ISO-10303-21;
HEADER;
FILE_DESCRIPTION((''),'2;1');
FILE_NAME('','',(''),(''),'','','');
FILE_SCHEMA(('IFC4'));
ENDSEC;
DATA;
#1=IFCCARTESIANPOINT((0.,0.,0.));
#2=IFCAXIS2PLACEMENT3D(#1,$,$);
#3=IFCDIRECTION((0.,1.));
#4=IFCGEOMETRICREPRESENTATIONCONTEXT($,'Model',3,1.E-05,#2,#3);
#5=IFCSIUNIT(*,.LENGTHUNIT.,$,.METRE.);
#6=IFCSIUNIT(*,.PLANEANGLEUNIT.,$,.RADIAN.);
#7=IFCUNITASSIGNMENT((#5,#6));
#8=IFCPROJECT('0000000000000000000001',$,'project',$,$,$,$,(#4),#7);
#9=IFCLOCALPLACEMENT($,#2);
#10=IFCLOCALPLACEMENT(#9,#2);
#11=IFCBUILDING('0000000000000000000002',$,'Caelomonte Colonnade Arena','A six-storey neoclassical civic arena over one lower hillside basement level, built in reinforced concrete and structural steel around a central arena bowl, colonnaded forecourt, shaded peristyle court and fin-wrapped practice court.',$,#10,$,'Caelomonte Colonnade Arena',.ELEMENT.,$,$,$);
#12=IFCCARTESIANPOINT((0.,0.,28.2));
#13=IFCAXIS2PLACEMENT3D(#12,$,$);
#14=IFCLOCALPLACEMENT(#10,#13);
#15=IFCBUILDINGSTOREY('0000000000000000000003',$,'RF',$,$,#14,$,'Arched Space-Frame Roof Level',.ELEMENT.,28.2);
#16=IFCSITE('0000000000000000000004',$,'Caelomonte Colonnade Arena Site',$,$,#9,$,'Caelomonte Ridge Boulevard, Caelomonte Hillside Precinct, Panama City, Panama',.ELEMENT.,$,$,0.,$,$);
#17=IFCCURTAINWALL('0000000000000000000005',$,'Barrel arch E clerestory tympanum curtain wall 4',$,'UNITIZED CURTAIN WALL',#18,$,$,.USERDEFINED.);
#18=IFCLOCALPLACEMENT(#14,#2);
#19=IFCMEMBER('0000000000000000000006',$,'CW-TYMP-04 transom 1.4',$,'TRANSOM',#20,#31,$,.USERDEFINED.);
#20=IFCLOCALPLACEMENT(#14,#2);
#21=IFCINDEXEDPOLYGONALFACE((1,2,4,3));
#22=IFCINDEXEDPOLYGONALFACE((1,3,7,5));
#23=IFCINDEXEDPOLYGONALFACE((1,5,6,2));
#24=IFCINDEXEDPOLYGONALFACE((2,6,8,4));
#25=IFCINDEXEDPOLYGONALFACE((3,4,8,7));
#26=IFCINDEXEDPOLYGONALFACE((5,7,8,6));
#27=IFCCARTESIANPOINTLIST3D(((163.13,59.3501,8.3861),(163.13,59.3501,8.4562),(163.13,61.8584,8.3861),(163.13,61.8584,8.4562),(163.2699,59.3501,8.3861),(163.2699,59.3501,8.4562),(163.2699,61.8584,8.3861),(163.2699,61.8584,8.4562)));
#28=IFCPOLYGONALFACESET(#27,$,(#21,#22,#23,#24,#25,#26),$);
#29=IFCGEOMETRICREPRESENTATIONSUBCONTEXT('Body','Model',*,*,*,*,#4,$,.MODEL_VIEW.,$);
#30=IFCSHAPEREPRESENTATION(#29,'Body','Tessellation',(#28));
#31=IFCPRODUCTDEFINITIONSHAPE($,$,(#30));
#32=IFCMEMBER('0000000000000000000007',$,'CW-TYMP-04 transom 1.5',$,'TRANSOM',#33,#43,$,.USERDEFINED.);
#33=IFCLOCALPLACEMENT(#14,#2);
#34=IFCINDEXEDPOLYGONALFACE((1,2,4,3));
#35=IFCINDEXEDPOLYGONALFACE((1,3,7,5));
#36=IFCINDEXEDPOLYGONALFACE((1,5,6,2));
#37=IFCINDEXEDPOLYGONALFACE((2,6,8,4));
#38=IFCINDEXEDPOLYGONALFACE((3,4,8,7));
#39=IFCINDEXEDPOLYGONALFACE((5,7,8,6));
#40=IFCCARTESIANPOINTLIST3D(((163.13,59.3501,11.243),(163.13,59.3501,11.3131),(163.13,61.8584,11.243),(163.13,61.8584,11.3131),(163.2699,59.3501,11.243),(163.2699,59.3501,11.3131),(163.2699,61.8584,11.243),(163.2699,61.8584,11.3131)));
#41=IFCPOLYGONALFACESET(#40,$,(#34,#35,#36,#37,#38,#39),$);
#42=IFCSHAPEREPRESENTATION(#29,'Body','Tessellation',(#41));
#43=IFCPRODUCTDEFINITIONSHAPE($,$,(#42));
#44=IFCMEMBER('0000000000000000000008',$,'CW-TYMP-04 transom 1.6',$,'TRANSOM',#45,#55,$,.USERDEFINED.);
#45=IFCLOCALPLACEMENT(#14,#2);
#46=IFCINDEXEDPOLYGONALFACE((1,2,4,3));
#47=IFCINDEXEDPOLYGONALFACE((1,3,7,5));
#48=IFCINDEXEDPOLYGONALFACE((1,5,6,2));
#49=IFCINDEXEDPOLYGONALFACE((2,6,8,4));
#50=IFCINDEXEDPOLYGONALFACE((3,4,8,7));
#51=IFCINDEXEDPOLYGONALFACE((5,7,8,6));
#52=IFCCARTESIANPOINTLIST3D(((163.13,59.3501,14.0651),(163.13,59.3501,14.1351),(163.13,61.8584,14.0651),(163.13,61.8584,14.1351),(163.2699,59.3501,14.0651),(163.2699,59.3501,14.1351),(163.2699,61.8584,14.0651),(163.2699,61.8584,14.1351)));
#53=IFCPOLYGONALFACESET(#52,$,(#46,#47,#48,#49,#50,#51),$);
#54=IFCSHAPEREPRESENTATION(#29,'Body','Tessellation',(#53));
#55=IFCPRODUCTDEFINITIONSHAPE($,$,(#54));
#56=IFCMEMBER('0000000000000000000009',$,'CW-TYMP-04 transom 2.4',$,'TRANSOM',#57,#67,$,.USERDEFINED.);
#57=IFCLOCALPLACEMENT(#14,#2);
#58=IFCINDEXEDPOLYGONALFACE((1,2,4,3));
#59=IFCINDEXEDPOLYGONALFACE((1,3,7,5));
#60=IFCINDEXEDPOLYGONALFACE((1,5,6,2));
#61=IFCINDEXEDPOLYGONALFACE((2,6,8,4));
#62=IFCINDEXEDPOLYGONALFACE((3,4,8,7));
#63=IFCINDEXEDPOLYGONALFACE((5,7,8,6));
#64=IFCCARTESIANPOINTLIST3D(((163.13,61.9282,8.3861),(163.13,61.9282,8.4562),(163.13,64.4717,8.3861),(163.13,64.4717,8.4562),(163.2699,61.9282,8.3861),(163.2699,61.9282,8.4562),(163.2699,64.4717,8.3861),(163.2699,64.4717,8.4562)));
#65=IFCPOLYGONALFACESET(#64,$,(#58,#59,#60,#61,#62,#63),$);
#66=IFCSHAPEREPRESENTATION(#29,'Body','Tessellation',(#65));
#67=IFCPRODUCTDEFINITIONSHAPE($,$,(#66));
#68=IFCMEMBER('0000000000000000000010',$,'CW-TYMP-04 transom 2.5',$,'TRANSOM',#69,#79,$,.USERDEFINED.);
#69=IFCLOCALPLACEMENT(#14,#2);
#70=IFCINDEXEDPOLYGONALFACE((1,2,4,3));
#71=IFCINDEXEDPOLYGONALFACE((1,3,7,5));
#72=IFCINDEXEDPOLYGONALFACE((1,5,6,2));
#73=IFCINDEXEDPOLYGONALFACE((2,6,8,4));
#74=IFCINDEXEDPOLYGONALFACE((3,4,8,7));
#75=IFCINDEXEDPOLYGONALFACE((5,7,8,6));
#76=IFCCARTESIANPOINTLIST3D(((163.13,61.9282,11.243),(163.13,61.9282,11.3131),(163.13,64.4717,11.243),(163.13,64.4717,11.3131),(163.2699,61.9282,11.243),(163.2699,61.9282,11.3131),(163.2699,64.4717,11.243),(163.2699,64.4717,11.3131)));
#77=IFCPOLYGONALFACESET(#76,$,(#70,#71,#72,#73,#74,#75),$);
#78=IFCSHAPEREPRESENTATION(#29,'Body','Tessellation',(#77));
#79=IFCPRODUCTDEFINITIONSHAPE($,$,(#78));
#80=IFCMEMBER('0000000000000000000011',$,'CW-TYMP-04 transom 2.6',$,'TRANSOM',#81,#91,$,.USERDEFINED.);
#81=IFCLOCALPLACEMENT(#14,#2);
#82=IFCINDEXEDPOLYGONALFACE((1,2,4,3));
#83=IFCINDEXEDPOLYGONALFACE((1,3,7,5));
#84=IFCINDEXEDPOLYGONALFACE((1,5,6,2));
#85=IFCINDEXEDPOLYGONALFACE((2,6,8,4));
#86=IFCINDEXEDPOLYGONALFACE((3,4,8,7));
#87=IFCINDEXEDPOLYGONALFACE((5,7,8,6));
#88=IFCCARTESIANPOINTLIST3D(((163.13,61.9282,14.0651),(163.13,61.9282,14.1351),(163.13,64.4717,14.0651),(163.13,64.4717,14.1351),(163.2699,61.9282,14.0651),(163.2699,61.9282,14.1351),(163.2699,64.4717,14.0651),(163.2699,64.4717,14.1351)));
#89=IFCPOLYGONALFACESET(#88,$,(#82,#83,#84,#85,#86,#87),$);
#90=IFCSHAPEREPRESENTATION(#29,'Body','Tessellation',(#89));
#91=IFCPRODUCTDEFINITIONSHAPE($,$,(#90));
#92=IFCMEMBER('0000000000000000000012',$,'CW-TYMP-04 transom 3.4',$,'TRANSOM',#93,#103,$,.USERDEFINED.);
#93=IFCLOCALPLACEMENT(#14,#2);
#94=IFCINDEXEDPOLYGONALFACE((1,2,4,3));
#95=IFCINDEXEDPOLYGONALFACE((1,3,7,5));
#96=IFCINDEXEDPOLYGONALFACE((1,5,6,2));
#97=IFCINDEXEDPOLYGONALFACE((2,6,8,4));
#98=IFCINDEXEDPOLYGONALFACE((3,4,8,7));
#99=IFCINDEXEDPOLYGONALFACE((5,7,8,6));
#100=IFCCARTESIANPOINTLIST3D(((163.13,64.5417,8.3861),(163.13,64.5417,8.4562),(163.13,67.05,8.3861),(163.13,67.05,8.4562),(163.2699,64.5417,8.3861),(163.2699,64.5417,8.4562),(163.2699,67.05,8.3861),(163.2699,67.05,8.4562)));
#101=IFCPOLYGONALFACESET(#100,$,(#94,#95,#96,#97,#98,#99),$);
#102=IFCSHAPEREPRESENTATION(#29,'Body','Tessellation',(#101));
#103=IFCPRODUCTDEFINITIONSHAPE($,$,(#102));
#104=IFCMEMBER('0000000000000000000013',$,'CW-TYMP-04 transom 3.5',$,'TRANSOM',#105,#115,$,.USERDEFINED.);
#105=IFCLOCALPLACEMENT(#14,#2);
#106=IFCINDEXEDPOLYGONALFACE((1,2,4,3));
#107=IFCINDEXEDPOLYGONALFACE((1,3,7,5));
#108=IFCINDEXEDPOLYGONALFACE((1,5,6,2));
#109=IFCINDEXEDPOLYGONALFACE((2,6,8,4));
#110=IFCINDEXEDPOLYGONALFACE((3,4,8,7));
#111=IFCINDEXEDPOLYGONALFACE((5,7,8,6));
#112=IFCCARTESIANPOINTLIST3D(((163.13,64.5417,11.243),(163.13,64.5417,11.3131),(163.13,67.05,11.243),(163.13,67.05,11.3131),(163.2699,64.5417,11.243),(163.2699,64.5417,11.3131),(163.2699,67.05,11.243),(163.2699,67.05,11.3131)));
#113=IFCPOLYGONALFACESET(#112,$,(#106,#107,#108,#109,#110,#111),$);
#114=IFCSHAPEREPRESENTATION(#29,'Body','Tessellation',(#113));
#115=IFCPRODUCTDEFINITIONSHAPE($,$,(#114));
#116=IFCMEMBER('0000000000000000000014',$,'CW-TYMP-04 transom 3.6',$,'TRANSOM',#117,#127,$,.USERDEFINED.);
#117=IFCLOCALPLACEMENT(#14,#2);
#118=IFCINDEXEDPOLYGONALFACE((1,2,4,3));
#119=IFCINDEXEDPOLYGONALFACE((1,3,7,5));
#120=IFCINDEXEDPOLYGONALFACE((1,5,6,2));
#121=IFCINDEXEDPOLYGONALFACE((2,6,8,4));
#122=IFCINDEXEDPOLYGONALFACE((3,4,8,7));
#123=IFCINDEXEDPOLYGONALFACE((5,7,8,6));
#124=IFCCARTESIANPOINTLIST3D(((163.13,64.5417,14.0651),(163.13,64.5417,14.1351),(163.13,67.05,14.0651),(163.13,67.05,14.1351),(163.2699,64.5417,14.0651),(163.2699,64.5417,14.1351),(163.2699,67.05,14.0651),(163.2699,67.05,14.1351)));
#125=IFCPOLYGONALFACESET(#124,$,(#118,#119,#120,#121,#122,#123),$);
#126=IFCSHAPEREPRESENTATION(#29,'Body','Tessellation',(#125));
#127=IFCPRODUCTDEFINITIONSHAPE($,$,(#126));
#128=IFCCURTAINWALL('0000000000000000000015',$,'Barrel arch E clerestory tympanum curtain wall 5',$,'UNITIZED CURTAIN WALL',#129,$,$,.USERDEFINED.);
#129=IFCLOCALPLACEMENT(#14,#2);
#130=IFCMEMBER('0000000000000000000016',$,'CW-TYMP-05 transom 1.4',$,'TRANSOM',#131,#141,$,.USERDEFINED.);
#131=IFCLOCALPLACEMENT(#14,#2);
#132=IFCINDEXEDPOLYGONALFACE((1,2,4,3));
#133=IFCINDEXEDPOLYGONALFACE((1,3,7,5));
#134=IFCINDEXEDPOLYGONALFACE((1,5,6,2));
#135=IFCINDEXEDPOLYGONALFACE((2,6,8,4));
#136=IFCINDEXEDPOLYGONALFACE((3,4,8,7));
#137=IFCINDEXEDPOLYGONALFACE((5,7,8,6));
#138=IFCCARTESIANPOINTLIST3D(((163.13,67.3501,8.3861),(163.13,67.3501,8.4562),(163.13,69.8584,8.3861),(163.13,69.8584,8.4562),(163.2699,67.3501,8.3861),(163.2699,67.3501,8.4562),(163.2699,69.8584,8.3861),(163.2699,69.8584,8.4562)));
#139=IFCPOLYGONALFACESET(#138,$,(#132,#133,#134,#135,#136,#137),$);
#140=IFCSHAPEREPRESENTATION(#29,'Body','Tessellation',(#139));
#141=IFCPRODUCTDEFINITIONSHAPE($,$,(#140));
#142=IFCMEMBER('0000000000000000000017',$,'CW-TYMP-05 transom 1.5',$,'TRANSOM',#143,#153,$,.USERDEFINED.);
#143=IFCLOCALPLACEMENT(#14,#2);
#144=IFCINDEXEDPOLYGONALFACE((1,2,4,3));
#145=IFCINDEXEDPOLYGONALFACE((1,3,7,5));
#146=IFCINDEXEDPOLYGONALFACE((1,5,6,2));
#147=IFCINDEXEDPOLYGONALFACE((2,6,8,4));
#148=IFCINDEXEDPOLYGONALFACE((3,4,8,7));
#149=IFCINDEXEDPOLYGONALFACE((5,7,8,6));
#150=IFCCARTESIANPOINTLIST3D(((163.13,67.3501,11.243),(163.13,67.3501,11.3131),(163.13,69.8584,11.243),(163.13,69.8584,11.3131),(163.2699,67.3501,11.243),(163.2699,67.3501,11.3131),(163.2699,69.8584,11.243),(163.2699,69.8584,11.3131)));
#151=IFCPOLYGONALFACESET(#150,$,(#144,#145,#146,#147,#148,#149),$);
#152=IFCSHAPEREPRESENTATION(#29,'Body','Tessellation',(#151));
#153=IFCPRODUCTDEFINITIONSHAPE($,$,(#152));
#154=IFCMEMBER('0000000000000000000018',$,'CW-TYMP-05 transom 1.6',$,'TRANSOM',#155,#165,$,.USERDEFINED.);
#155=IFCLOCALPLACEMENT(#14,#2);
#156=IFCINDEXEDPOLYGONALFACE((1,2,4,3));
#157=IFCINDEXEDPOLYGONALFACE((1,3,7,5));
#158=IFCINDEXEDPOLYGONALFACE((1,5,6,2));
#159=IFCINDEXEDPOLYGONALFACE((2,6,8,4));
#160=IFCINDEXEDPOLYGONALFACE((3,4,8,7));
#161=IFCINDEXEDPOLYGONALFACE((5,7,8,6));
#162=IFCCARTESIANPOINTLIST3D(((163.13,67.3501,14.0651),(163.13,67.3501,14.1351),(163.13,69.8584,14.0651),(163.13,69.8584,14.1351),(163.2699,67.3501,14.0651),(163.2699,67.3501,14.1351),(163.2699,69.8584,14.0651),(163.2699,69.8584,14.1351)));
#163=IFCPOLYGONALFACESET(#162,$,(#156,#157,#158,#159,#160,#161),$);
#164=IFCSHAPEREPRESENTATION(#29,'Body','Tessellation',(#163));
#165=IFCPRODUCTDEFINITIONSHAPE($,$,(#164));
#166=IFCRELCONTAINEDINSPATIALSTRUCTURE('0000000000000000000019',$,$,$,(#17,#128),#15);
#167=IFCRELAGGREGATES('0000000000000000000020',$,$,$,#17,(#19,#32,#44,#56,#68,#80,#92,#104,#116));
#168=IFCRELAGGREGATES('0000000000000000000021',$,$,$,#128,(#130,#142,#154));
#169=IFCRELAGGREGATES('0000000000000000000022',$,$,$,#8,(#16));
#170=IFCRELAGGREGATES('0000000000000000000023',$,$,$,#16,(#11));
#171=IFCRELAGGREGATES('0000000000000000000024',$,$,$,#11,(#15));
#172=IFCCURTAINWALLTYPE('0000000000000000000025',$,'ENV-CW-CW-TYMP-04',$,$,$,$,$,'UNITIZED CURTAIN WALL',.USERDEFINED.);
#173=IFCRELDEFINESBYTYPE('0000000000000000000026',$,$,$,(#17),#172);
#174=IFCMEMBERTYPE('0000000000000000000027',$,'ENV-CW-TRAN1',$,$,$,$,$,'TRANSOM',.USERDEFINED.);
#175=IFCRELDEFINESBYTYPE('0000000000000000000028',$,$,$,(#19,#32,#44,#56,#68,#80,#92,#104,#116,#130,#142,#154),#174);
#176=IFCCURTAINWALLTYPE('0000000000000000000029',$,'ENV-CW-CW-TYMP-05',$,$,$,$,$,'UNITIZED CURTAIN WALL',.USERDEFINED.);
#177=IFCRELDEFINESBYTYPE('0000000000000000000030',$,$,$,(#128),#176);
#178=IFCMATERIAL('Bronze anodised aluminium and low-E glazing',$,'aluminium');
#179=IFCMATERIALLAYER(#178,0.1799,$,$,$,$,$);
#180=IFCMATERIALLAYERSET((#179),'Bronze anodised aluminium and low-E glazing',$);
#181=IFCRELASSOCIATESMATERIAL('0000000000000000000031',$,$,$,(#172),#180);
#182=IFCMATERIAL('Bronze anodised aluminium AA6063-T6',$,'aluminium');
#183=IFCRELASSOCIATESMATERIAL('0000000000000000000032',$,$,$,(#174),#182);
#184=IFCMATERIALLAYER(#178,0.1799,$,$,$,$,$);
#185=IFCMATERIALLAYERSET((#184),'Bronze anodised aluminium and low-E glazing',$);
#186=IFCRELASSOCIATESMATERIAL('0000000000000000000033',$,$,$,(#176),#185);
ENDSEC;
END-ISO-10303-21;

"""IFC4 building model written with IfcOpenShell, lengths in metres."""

from ifc_helpers import new_model, si_unit, direction, frame, origin, origin_2d, place, context, subcontext, project, spatial, rectangle, extrude, material, layer, layer_set, material_profile, profile_set, type_object, element, aggregate, save


model = new_model("IFC4")

# Units and contexts
model_context = context("Model", 3, precision=1e-05, world=origin(), true_north=direction((0.0, 1.0)))
body_context = subcontext(model_context, "Body", "Model", "MODEL_VIEW")
ifc_project = project(units=[si_unit("LENGTHUNIT", "METRE"), si_unit("PLANEANGLEUNIT", "RADIAN")], contexts=[model_context])

# Site, building, storey
site_placement = place(None, origin())
site = spatial("IfcSite", under=ifc_project, at=site_placement, Name="Caelomonte Colonnade Arena Site", LongName="Caelomonte Ridge Boulevard, Caelomonte Hillside Precinct, Panama City, Panama", CompositionType="ELEMENT", RefElevation=0.0)
building_placement = place(site_placement, origin())
building = spatial("IfcBuilding", under=site, at=building_placement, Name="Caelomonte Colonnade Arena", Description="A six-storey neoclassical civic arena over one lower hillside basement level, built in reinforced concrete and structural steel around a central arena bowl, colonnaded forecourt, shaded peristyle court and fin-wrapped practice court.", LongName="Caelomonte Colonnade Arena", CompositionType="ELEMENT")
storey_placement = place(building_placement, frame((0.0, 0.0, 28.2)))
storey = spatial("IfcBuildingStorey", under=building, at=storey_placement, Name="RF", LongName="Arched Space-Frame Roof Level", CompositionType="ELEMENT", Elevation=28.2)

# Curtain walls, members
ifc_material_1 = material(Name="Bronze anodised aluminium and low-E glazing", Category="aluminium")
ifc_layer_1 = layer(ifc_material_1, 0.1799)
ifc_layer_set_1 = layer_set([ifc_layer_1], Name="Bronze anodised aluminium and low-E glazing")
curtain_wall_type_1 = type_object("IfcCurtainWallType", Name="ENV-CW-CW-TYMP-04", ElementType="UNITIZED CURTAIN WALL", PredefinedType="USERDEFINED", material=ifc_layer_set_1)
curtain_wall_1_placement = place(storey_placement, origin())
curtain_wall_1 = element("IfcCurtainWall", 1, at=curtain_wall_1_placement, inside=storey, type_object=curtain_wall_type_1, Name="Barrel arch E clerestory tympanum curtain wall 4", ObjectType="UNITIZED CURTAIN WALL", PredefinedType="USERDEFINED")
ifc_material_2 = material(Name="Bronze anodised aluminium AA6063-T6", Category="aluminium")
ifc_material_profile_1 = material_profile(ifc_material_2, rectangle(XDim=0.0701, YDim=0.1399, at=origin_2d()), Name="CWT-70X140")
ifc_profile_set_1 = profile_set([ifc_material_profile_1], Name="Bronze anodised aluminium AA6063-T6")
member_type_1 = type_object("IfcMemberType", Name="ENV-CW-TRAN1", ElementType="TRANSOM", PredefinedType="USERDEFINED", material=ifc_profile_set_1)
member_1_placement = place(storey_placement, frame((163.2, 59.3501, 8.4211), z_axis=(0.0, 1.0, 0.0), x_axis=(0.0, 0.0, 1.0)))
member_1 = element("IfcMember", 2, at=member_1_placement, type_object=member_type_1, Name="CW-TYMP-04 transom 1.4", ObjectType="TRANSOM", PredefinedType="USERDEFINED", context=body_context, shape_type="SweptSolid", body=[
    extrude(rectangle(XDim=0.0701, YDim=0.1399, at=origin_2d()), origin(), (0.0, 0.0, 1.0), 2.5083),
])
member_2_placement = place(storey_placement, frame((163.2, 59.3501, 11.2781), z_axis=(0.0, 1.0, 0.0), x_axis=(0.0, 0.0, 1.0)))
member_2 = element("IfcMember", 3, at=member_2_placement, type_object=member_type_1, Name="CW-TYMP-04 transom 1.5", ObjectType="TRANSOM", PredefinedType="USERDEFINED", context=body_context, shape_type="SweptSolid", body=[
    extrude(rectangle(XDim=0.0701, YDim=0.1399, at=origin_2d()), origin(), (0.0, 0.0, 1.0), 2.5083),
])
member_3_placement = place(storey_placement, frame((163.2, 59.3501, 14.1001), z_axis=(0.0, 1.0, 0.0), x_axis=(0.0, 0.0, 1.0)))
member_3 = element("IfcMember", 4, at=member_3_placement, type_object=member_type_1, Name="CW-TYMP-04 transom 1.6", ObjectType="TRANSOM", PredefinedType="USERDEFINED", context=body_context, shape_type="SweptSolid", body=[
    extrude(rectangle(XDim=0.0701, YDim=0.1399, at=origin_2d()), origin(), (0.0, 0.0, 1.0), 2.5083),
])
member_4_placement = place(storey_placement, frame((163.2, 61.9282, 8.4211), z_axis=(0.0, 1.0, 0.0), x_axis=(0.0, 0.0, 1.0)))
member_4 = element("IfcMember", 5, at=member_4_placement, type_object=member_type_1, Name="CW-TYMP-04 transom 2.4", ObjectType="TRANSOM", PredefinedType="USERDEFINED", context=body_context, shape_type="SweptSolid", body=[
    extrude(rectangle(XDim=0.0701, YDim=0.1399, at=origin_2d()), origin(), (0.0, 0.0, 1.0), 2.5435),
])
member_5_placement = place(storey_placement, frame((163.2, 61.9282, 11.2781), z_axis=(0.0, 1.0, 0.0), x_axis=(0.0, 0.0, 1.0)))
member_5 = element("IfcMember", 6, at=member_5_placement, type_object=member_type_1, Name="CW-TYMP-04 transom 2.5", ObjectType="TRANSOM", PredefinedType="USERDEFINED", context=body_context, shape_type="SweptSolid", body=[
    extrude(rectangle(XDim=0.0701, YDim=0.1399, at=origin_2d()), origin(), (0.0, 0.0, 1.0), 2.5435),
])
member_6_placement = place(storey_placement, frame((163.2, 61.9282, 14.1001), z_axis=(0.0, 1.0, 0.0), x_axis=(0.0, 0.0, 1.0)))
member_6 = element("IfcMember", 7, at=member_6_placement, type_object=member_type_1, Name="CW-TYMP-04 transom 2.6", ObjectType="TRANSOM", PredefinedType="USERDEFINED", context=body_context, shape_type="SweptSolid", body=[
    extrude(rectangle(XDim=0.0701, YDim=0.1399, at=origin_2d()), origin(), (0.0, 0.0, 1.0), 2.5435),
])
member_7_placement = place(storey_placement, frame((163.2, 64.5417, 8.4211), z_axis=(0.0, 1.0, 0.0), x_axis=(0.0, 0.0, 1.0)))
member_7 = element("IfcMember", 8, at=member_7_placement, type_object=member_type_1, Name="CW-TYMP-04 transom 3.4", ObjectType="TRANSOM", PredefinedType="USERDEFINED", context=body_context, shape_type="SweptSolid", body=[
    extrude(rectangle(XDim=0.0701, YDim=0.1399, at=origin_2d()), origin(), (0.0, 0.0, 1.0), 2.5083),
])
member_8_placement = place(storey_placement, frame((163.2, 64.5417, 11.2781), z_axis=(0.0, 1.0, 0.0), x_axis=(0.0, 0.0, 1.0)))
member_8 = element("IfcMember", 9, at=member_8_placement, type_object=member_type_1, Name="CW-TYMP-04 transom 3.5", ObjectType="TRANSOM", PredefinedType="USERDEFINED", context=body_context, shape_type="SweptSolid", body=[
    extrude(rectangle(XDim=0.0701, YDim=0.1399, at=origin_2d()), origin(), (0.0, 0.0, 1.0), 2.5083),
])
member_9_placement = place(storey_placement, frame((163.2, 64.5417, 14.1001), z_axis=(0.0, 1.0, 0.0), x_axis=(0.0, 0.0, 1.0)))
member_9 = element("IfcMember", 10, at=member_9_placement, type_object=member_type_1, Name="CW-TYMP-04 transom 3.6", ObjectType="TRANSOM", PredefinedType="USERDEFINED", context=body_context, shape_type="SweptSolid", body=[
    extrude(rectangle(XDim=0.0701, YDim=0.1399, at=origin_2d()), origin(), (0.0, 0.0, 1.0), 2.5083),
])
ifc_layer_2 = layer(ifc_material_1, 0.1799)
ifc_layer_set_2 = layer_set([ifc_layer_2], Name="Bronze anodised aluminium and low-E glazing")
curtain_wall_type_2 = type_object("IfcCurtainWallType", Name="ENV-CW-CW-TYMP-05", ElementType="UNITIZED CURTAIN WALL", PredefinedType="USERDEFINED", material=ifc_layer_set_2)
curtain_wall_2_placement = place(storey_placement, origin())
curtain_wall_2 = element("IfcCurtainWall", 11, at=curtain_wall_2_placement, inside=storey, type_object=curtain_wall_type_2, Name="Barrel arch E clerestory tympanum curtain wall 5", ObjectType="UNITIZED CURTAIN WALL", PredefinedType="USERDEFINED")
member_10_placement = place(storey_placement, frame((163.2, 67.3501, 8.4211), z_axis=(0.0, 1.0, 0.0), x_axis=(0.0, 0.0, 1.0)))
member_10 = element("IfcMember", 12, at=member_10_placement, type_object=member_type_1, Name="CW-TYMP-05 transom 1.4", ObjectType="TRANSOM", PredefinedType="USERDEFINED", context=body_context, shape_type="SweptSolid", body=[
    extrude(rectangle(XDim=0.0701, YDim=0.1399, at=origin_2d()), origin(), (0.0, 0.0, 1.0), 2.5083),
])
member_11_placement = place(storey_placement, frame((163.2, 67.3501, 11.2781), z_axis=(0.0, 1.0, 0.0), x_axis=(0.0, 0.0, 1.0)))
member_11 = element("IfcMember", 13, at=member_11_placement, type_object=member_type_1, Name="CW-TYMP-05 transom 1.5", ObjectType="TRANSOM", PredefinedType="USERDEFINED", context=body_context, shape_type="SweptSolid", body=[
    extrude(rectangle(XDim=0.0701, YDim=0.1399, at=origin_2d()), origin(), (0.0, 0.0, 1.0), 2.5083),
])
member_12_placement = place(storey_placement, frame((163.2, 67.3501, 14.1001), z_axis=(0.0, 1.0, 0.0), x_axis=(0.0, 0.0, 1.0)))
member_12 = element("IfcMember", 14, at=member_12_placement, type_object=member_type_1, Name="CW-TYMP-05 transom 1.6", ObjectType="TRANSOM", PredefinedType="USERDEFINED", context=body_context, shape_type="SweptSolid", body=[
    extrude(rectangle(XDim=0.0701, YDim=0.1399, at=origin_2d()), origin(), (0.0, 0.0, 1.0), 2.5083),
])

aggregate(curtain_wall_1, [member_1, member_2, member_3, member_4, member_5, member_6, member_7, member_8, member_9])
aggregate(curtain_wall_2, [member_10, member_11, member_12])

save(model, "model.ifc")
